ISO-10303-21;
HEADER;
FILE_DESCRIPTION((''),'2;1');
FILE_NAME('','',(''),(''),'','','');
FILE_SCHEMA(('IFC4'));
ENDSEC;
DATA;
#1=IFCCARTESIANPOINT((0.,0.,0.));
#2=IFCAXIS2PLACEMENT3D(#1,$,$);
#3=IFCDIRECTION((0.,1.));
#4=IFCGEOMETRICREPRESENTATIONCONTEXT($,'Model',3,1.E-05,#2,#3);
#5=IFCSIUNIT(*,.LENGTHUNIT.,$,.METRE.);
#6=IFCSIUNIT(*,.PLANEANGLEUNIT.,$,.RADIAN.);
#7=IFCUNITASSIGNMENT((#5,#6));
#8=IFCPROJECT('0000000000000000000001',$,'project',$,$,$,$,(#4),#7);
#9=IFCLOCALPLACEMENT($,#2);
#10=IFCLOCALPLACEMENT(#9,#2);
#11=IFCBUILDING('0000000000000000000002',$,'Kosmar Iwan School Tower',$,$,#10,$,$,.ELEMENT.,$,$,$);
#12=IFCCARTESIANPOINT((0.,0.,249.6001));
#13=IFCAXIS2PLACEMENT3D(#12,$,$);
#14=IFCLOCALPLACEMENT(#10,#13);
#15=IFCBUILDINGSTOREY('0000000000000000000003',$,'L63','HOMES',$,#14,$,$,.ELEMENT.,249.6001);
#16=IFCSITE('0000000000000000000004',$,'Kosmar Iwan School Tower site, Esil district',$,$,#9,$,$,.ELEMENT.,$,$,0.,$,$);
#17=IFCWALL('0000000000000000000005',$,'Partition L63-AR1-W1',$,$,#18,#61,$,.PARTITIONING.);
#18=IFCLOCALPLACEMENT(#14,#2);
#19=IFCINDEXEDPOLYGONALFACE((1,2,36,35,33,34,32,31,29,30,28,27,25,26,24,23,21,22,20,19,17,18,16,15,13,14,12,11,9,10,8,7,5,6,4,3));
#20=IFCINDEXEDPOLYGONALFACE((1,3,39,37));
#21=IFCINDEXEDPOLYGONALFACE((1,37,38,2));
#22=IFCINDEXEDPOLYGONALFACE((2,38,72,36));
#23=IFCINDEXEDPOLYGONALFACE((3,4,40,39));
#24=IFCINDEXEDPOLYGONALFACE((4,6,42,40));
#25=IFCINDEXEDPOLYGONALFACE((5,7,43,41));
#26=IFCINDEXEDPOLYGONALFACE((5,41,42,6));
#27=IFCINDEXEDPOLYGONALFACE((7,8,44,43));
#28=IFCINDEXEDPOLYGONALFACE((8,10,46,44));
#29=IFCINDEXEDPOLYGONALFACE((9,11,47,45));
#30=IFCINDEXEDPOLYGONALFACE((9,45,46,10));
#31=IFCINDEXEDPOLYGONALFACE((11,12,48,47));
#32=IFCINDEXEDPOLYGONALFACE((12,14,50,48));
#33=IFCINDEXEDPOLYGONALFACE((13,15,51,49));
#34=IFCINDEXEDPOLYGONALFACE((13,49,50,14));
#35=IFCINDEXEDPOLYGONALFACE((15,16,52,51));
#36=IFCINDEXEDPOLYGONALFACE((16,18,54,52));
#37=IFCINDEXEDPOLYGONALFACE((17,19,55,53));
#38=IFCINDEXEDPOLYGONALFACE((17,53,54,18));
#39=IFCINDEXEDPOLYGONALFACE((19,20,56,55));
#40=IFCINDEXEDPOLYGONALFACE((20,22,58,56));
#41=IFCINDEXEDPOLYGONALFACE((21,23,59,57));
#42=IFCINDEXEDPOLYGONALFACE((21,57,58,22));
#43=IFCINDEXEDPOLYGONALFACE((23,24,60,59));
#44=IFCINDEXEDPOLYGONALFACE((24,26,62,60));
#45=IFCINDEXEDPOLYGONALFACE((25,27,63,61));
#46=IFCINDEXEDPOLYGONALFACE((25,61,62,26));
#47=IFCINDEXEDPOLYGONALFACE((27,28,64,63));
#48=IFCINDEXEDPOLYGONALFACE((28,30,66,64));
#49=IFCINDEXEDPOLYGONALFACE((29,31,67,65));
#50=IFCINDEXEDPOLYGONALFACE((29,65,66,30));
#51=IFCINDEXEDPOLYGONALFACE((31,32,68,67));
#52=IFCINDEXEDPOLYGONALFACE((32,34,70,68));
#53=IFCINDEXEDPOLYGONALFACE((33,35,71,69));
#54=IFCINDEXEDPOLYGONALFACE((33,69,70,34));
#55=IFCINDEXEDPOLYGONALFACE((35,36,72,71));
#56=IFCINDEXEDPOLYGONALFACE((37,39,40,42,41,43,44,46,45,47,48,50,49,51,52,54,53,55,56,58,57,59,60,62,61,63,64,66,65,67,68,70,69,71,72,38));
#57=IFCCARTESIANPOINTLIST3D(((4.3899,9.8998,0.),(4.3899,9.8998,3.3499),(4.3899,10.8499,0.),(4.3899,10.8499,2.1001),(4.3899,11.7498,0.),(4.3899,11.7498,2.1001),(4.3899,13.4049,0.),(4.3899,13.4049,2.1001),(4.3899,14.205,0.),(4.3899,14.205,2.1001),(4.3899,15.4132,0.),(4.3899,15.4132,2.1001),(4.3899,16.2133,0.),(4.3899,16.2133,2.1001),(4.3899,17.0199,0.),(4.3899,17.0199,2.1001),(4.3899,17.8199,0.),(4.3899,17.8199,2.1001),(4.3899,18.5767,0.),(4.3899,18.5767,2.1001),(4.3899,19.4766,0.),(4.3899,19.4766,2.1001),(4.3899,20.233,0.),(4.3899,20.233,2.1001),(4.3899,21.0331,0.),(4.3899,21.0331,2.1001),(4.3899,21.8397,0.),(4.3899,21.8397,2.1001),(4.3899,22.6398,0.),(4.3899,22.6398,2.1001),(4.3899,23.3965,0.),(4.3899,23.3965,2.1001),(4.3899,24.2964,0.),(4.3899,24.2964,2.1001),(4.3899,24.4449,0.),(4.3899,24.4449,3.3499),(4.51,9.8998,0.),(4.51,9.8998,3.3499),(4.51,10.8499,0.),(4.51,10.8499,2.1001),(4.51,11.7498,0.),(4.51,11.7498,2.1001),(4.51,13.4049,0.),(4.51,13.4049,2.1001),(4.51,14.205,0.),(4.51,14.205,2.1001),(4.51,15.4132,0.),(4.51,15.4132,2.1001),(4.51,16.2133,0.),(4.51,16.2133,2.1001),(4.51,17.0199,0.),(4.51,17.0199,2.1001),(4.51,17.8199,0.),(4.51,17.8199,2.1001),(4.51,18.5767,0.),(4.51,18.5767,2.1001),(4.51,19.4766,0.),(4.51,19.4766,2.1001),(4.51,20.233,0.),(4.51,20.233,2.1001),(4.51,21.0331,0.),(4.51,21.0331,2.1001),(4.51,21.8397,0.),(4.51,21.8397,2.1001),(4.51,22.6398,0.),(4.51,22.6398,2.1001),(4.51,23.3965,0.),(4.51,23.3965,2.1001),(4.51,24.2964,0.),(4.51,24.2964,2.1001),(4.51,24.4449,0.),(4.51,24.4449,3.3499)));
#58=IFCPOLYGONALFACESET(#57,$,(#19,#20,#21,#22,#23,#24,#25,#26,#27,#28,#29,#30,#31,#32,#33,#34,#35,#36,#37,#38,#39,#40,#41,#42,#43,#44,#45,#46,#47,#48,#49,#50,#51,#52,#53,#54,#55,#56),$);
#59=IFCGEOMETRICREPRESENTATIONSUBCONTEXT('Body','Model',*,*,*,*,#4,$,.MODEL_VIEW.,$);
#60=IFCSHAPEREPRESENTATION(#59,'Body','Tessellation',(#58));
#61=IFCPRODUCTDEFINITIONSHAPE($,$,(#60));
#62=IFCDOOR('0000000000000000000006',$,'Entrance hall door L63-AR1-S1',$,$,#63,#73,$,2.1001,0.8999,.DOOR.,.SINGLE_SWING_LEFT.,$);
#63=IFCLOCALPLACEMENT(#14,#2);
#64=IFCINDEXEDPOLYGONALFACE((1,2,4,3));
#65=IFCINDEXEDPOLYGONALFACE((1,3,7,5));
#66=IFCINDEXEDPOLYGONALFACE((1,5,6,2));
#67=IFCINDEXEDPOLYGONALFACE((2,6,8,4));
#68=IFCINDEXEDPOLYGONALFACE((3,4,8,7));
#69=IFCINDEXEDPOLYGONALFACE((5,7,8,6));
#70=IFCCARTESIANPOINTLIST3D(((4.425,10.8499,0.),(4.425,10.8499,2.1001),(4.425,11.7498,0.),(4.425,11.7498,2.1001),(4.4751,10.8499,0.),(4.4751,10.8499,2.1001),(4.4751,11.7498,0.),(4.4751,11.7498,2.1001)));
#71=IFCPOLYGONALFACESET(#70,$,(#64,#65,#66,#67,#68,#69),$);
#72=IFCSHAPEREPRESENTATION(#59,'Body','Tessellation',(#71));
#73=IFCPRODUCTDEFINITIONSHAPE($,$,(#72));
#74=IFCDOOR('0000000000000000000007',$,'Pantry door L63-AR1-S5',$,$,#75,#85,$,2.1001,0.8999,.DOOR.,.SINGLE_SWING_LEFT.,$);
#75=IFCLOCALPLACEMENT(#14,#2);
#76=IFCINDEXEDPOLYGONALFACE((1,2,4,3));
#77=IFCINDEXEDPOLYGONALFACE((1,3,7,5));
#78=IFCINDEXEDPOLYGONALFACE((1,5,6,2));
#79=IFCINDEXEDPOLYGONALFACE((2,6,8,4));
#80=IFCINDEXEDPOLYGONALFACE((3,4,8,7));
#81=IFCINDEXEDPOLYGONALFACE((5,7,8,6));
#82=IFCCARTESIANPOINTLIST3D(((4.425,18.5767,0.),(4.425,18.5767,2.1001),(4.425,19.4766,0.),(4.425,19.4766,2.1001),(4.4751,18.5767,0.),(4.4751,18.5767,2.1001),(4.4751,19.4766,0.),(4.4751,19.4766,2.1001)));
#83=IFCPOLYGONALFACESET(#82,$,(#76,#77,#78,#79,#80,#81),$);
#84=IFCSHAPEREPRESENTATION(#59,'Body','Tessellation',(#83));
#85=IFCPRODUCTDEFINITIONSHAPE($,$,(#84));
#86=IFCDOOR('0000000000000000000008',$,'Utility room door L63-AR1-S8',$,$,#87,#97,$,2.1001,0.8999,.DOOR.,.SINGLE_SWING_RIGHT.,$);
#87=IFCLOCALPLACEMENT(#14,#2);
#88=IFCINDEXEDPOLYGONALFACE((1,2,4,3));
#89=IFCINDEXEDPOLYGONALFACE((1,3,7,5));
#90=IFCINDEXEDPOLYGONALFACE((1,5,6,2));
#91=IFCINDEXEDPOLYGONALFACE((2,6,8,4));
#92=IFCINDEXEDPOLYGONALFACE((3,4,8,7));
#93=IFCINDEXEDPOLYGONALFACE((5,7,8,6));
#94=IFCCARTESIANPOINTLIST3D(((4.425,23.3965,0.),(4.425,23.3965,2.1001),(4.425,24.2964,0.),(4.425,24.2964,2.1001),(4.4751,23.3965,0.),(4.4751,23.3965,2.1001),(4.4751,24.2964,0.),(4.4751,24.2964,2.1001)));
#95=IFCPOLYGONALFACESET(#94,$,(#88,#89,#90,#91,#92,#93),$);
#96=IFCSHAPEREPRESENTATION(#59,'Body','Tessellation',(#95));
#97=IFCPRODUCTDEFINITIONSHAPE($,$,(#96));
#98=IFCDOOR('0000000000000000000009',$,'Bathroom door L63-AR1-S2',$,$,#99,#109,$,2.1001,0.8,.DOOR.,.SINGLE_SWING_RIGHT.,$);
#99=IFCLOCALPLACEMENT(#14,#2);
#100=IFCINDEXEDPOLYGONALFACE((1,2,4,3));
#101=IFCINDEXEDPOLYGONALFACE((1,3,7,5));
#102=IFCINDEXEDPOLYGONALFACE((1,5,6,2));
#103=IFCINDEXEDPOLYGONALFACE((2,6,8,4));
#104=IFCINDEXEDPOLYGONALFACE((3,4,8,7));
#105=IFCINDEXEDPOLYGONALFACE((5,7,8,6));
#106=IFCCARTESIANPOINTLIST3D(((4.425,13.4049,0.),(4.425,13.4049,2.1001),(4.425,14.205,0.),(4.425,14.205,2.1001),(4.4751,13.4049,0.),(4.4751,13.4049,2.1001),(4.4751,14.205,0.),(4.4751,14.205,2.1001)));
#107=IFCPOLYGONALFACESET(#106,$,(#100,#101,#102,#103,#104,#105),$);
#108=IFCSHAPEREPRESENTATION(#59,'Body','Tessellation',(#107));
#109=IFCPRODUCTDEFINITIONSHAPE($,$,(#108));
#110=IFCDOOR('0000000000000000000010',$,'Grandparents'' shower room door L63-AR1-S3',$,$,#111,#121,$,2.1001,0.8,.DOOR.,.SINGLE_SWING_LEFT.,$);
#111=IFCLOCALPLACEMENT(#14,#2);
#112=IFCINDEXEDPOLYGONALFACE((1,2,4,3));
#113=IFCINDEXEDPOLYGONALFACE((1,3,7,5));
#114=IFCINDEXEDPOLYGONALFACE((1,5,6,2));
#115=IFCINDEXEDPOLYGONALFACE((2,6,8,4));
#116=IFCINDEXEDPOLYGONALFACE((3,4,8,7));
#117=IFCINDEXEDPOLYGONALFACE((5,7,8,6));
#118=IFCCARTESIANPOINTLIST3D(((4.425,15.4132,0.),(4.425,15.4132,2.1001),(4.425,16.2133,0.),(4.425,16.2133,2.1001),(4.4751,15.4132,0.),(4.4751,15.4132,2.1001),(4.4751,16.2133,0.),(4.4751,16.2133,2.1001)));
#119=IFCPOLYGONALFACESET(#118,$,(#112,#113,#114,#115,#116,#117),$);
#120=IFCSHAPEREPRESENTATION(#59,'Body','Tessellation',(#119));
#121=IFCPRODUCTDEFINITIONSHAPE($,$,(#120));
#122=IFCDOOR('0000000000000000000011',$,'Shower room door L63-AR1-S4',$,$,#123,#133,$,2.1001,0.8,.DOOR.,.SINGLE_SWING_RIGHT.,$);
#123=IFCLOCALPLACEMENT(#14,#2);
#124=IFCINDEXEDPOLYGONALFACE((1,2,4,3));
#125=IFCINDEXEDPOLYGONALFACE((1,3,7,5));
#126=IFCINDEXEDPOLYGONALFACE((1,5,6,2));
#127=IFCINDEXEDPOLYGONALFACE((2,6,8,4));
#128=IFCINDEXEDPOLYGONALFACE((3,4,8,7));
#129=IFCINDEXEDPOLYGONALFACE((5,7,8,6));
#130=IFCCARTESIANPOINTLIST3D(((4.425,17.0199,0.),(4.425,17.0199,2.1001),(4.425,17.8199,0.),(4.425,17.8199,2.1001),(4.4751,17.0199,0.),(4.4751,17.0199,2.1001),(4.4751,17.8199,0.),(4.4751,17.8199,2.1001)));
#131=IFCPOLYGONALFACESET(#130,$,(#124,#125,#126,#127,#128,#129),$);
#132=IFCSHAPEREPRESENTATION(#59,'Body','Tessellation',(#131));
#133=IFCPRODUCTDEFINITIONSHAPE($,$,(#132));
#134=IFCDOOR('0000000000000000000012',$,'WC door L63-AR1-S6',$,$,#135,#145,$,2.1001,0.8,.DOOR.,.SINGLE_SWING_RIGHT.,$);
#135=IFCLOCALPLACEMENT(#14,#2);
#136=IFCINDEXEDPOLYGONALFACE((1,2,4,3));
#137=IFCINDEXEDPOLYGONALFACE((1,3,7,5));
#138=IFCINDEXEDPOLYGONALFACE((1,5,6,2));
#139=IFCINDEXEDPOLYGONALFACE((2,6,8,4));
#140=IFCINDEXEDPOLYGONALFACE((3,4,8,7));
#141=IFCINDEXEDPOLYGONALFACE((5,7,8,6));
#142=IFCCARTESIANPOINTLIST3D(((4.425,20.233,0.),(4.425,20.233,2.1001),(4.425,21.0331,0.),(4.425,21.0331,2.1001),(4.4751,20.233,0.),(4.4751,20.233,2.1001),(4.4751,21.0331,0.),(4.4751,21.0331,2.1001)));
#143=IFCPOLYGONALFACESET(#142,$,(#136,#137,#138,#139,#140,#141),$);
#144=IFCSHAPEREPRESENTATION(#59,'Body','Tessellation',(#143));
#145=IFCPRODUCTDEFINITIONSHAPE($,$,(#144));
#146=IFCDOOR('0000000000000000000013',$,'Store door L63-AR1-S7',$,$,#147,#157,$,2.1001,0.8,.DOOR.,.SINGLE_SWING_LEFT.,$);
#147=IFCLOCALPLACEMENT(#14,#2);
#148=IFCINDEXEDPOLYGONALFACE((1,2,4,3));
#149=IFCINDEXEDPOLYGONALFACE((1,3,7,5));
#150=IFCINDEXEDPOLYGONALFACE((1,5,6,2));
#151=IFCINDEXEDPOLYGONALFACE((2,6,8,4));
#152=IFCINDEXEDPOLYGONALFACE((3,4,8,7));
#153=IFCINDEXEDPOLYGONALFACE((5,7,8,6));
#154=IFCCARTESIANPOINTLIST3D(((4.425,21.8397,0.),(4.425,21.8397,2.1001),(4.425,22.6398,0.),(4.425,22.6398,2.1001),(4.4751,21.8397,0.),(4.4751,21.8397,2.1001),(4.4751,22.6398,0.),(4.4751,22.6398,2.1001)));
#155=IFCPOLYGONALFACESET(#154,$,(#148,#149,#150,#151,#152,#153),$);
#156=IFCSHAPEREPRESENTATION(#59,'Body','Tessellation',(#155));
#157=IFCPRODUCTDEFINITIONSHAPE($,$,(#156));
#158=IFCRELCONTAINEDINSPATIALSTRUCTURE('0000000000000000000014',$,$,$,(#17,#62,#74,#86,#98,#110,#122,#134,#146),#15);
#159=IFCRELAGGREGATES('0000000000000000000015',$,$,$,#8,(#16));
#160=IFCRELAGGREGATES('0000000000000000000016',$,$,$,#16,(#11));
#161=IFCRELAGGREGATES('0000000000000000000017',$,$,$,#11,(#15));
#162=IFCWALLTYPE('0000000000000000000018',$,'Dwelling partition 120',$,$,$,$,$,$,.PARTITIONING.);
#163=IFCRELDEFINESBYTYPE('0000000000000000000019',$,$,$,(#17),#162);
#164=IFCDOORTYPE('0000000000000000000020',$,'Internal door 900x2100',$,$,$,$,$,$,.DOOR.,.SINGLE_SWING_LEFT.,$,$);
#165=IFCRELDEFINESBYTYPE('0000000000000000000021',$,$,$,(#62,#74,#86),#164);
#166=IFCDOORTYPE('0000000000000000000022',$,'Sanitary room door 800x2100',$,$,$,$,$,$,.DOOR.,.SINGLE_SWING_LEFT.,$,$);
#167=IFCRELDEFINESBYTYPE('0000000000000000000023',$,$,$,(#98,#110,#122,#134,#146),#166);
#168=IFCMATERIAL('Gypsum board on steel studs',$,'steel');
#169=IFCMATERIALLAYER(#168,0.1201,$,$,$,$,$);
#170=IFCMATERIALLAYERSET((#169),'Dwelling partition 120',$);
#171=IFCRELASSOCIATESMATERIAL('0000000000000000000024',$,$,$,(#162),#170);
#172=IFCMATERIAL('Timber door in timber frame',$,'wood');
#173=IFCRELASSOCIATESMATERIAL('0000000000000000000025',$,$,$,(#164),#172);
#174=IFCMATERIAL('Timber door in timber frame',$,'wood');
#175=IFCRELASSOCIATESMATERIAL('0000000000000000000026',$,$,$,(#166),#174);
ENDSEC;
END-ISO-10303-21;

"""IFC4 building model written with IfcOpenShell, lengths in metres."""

from ifc_helpers import new_model, si_unit, direction, frame, frame_2d, origin, place, context, subcontext, project, spatial, rectangle, extrude, material, layer, layer_set, type_object, element, fill, save


model = new_model("IFC4")

# Units and contexts
model_context = context("Model", 3, precision=1e-05, world=origin(), true_north=direction((0.0, 1.0)))
body_context = subcontext(model_context, "Body", "Model", "MODEL_VIEW")
ifc_project = project(units=[si_unit("LENGTHUNIT", "METRE"), si_unit("PLANEANGLEUNIT", "RADIAN")], contexts=[model_context])

# Site, building, storey
site_placement = place(None, origin())
site = spatial("IfcSite", under=ifc_project, at=site_placement, Name="Kosmar Iwan School Tower site, Esil district", CompositionType="ELEMENT", RefElevation=0.0)
building_placement = place(site_placement, origin())
building = spatial("IfcBuilding", under=site, at=building_placement, Name="Kosmar Iwan School Tower", CompositionType="ELEMENT")
storey_placement = place(building_placement, frame((0.0, 0.0, 249.6001)))
storey = spatial("IfcBuildingStorey", under=building, at=storey_placement, Name="L63", Description="HOMES", CompositionType="ELEMENT", Elevation=249.6001)

# Wall, openings, doors
ifc_material_1 = material(Name="Gypsum board on steel studs", Category="steel")
ifc_layer_1 = layer(ifc_material_1, 0.1201)
ifc_layer_set_1 = layer_set([ifc_layer_1], Name="Dwelling partition 120")
wall_type_1 = type_object("IfcWallType", Name="Dwelling partition 120", PredefinedType="PARTITIONING", material=ifc_layer_set_1)
wall_1_placement = place(storey_placement, frame((4.45, 9.8999, 0.0), z_axis=(0.0, 0.0, 1.0), x_axis=(0.0, 1.0, 0.0)))
wall_1 = element("IfcWall", 1, at=wall_1_placement, inside=storey, type_object=wall_type_1, Name="Partition L63-AR1-W1", PredefinedType="PARTITIONING", context=body_context, shape_type="SweptSolid", body=[
    extrude(rectangle(XDim=14.5452, YDim=0.1201, at=frame_2d((7.2725, 0.0))), origin(), (0.0, 0.0, 1.0), 3.3499),
])
opening_1_placement = place(wall_1_placement, frame((0.95, 0.0, 0.0)))
opening_1 = element("IfcOpeningElement", 2, at=opening_1_placement, cuts=wall_1, PredefinedType="OPENING", context=body_context, shape_type="SweptSolid", body=[
    extrude(rectangle(XDim=0.8999, YDim=2.1001, at=frame_2d((0.45, 1.05))), frame((0.0, 0.072, 0.0), z_axis=(0.0, -1.0, 0.0), x_axis=(1.0, 0.0, 0.0)), (0.0, 0.0, 1.0), 0.144),
])
opening_2_placement = place(wall_1_placement, frame((3.5051, 0.0, 0.0)))
opening_2 = element("IfcOpeningElement", 3, at=opening_2_placement, cuts=wall_1, PredefinedType="OPENING", context=body_context, shape_type="SweptSolid", body=[
    extrude(rectangle(XDim=0.8, YDim=2.1001, at=frame_2d((0.3999, 1.05))), frame((0.0, 0.072, 0.0), z_axis=(0.0, -1.0, 0.0), x_axis=(1.0, 0.0, 0.0)), (0.0, 0.0, 1.0), 0.144),
])
opening_3_placement = place(wall_1_placement, frame((5.5134, 0.0, 0.0)))
opening_3 = element("IfcOpeningElement", 4, at=opening_3_placement, cuts=wall_1, PredefinedType="OPENING", context=body_context, shape_type="SweptSolid", body=[
    extrude(rectangle(XDim=0.8, YDim=2.1001, at=frame_2d((0.3999, 1.05))), frame((0.0, 0.072, 0.0), z_axis=(0.0, -1.0, 0.0), x_axis=(1.0, 0.0, 0.0)), (0.0, 0.0, 1.0), 0.144),
])
opening_4_placement = place(wall_1_placement, frame((7.1201, 0.0, 0.0)))
opening_4 = element("IfcOpeningElement", 5, at=opening_4_placement, cuts=wall_1, PredefinedType="OPENING", context=body_context, shape_type="SweptSolid", body=[
    extrude(rectangle(XDim=0.8, YDim=2.1001, at=frame_2d((0.3999, 1.05))), frame((0.0, 0.072, 0.0), z_axis=(0.0, -1.0, 0.0), x_axis=(1.0, 0.0, 0.0)), (0.0, 0.0, 1.0), 0.144),
])
opening_5_placement = place(wall_1_placement, frame((8.6768, 0.0, 0.0)))
opening_5 = element("IfcOpeningElement", 6, at=opening_5_placement, cuts=wall_1, PredefinedType="OPENING", context=body_context, shape_type="SweptSolid", body=[
    extrude(rectangle(XDim=0.8999, YDim=2.1001, at=frame_2d((0.45, 1.05))), frame((0.0, 0.072, 0.0), z_axis=(0.0, -1.0, 0.0), x_axis=(1.0, 0.0, 0.0)), (0.0, 0.0, 1.0), 0.144),
])
opening_6_placement = place(wall_1_placement, frame((10.3333, 0.0, 0.0)))
opening_6 = element("IfcOpeningElement", 7, at=opening_6_placement, cuts=wall_1, PredefinedType="OPENING", context=body_context, shape_type="SweptSolid", body=[
    extrude(rectangle(XDim=0.8, YDim=2.1001, at=frame_2d((0.3999, 1.05))), frame((0.0, 0.072, 0.0), z_axis=(0.0, -1.0, 0.0), x_axis=(1.0, 0.0, 0.0)), (0.0, 0.0, 1.0), 0.144),
])
opening_7_placement = place(wall_1_placement, frame((11.9399, 0.0, 0.0)))
opening_7 = element("IfcOpeningElement", 8, at=opening_7_placement, cuts=wall_1, PredefinedType="OPENING", context=body_context, shape_type="SweptSolid", body=[
    extrude(rectangle(XDim=0.8, YDim=2.1001, at=frame_2d((0.3999, 1.05))), frame((0.0, 0.072, 0.0), z_axis=(0.0, -1.0, 0.0), x_axis=(1.0, 0.0, 0.0)), (0.0, 0.0, 1.0), 0.144),
])
opening_8_placement = place(wall_1_placement, frame((13.4966, 0.0, 0.0)))
opening_8 = element("IfcOpeningElement", 9, at=opening_8_placement, cuts=wall_1, PredefinedType="OPENING", context=body_context, shape_type="SweptSolid", body=[
    extrude(rectangle(XDim=0.8999, YDim=2.1001, at=frame_2d((0.45, 1.05))), frame((0.0, 0.072, 0.0), z_axis=(0.0, -1.0, 0.0), x_axis=(1.0, 0.0, 0.0)), (0.0, 0.0, 1.0), 0.144),
])
ifc_material_2 = material(Name="Timber door in timber frame", Category="wood")
door_type_1 = type_object("IfcDoorType", Name="Internal door 900x2100", OperationType="SINGLE_SWING_LEFT", PredefinedType="DOOR", material=ifc_material_2)
door_1_placement = place(opening_1_placement, origin())
door_1 = element("IfcDoor", 10, at=door_1_placement, inside=storey, type_object=door_type_1, Name="Entrance hall door L63-AR1-S1", OperationType="SINGLE_SWING_LEFT", OverallHeight=2.1001, OverallWidth=0.8999, PredefinedType="DOOR", context=body_context, shape_type="SweptSolid", body=[
    extrude(rectangle(XDim=0.8999, YDim=2.1001, at=frame_2d((0.45, 1.05))), frame((0.0, 0.0249, 0.0), z_axis=(0.0, -1.0, 0.0), x_axis=(1.0, 0.0, 0.0)), (0.0, 0.0, 1.0), 0.05),
])
fill(opening_1, door_1)
door_2_placement = place(opening_5_placement, origin())
door_2 = element("IfcDoor", 11, at=door_2_placement, inside=storey, type_object=door_type_1, Name="Pantry door L63-AR1-S5", OperationType="SINGLE_SWING_LEFT", OverallHeight=2.1001, OverallWidth=0.8999, PredefinedType="DOOR", context=body_context, shape_type="SweptSolid", body=[
    extrude(rectangle(XDim=0.8999, YDim=2.1001, at=frame_2d((0.45, 1.05))), frame((0.0, 0.0249, 0.0), z_axis=(0.0, -1.0, 0.0), x_axis=(1.0, 0.0, 0.0)), (0.0, 0.0, 1.0), 0.05),
])
fill(opening_5, door_2)
door_3_placement = place(opening_8_placement, origin())
door_3 = element("IfcDoor", 12, at=door_3_placement, inside=storey, type_object=door_type_1, Name="Utility room door L63-AR1-S8", OperationType="SINGLE_SWING_RIGHT", OverallHeight=2.1001, OverallWidth=0.8999, PredefinedType="DOOR", context=body_context, shape_type="SweptSolid", body=[
    extrude(rectangle(XDim=0.8999, YDim=2.1001, at=frame_2d((0.45, 1.05))), frame((0.0, 0.0249, 0.0), z_axis=(0.0, -1.0, 0.0), x_axis=(1.0, 0.0, 0.0)), (0.0, 0.0, 1.0), 0.05),
])
fill(opening_8, door_3)
ifc_material_3 = material(Name="Timber door in timber frame", Category="wood")
door_type_2 = type_object("IfcDoorType", Name="Sanitary room door 800x2100", OperationType="SINGLE_SWING_LEFT", PredefinedType="DOOR", material=ifc_material_3)
door_4_placement = place(opening_2_placement, origin())
door_4 = element("IfcDoor", 13, at=door_4_placement, inside=storey, type_object=door_type_2, Name="Bathroom door L63-AR1-S2", OperationType="SINGLE_SWING_RIGHT", OverallHeight=2.1001, OverallWidth=0.8, PredefinedType="DOOR", context=body_context, shape_type="SweptSolid", body=[
    extrude(rectangle(XDim=0.8, YDim=2.1001, at=frame_2d((0.3999, 1.05))), frame((0.0, 0.0249, 0.0), z_axis=(0.0, -1.0, 0.0), x_axis=(1.0, 0.0, 0.0)), (0.0, 0.0, 1.0), 0.05),
])
fill(opening_2, door_4)
door_5_placement = place(opening_3_placement, origin())
door_5 = element("IfcDoor", 14, at=door_5_placement, inside=storey, type_object=door_type_2, Name="Grandparents' shower room door L63-AR1-S3", OperationType="SINGLE_SWING_LEFT", OverallHeight=2.1001, OverallWidth=0.8, PredefinedType="DOOR", context=body_context, shape_type="SweptSolid", body=[
    extrude(rectangle(XDim=0.8, YDim=2.1001, at=frame_2d((0.3999, 1.05))), frame((0.0, 0.0249, 0.0), z_axis=(0.0, -1.0, 0.0), x_axis=(1.0, 0.0, 0.0)), (0.0, 0.0, 1.0), 0.05),
])
fill(opening_3, door_5)
door_6_placement = place(opening_4_placement, origin())
door_6 = element("IfcDoor", 15, at=door_6_placement, inside=storey, type_object=door_type_2, Name="Shower room door L63-AR1-S4", OperationType="SINGLE_SWING_RIGHT", OverallHeight=2.1001, OverallWidth=0.8, PredefinedType="DOOR", context=body_context, shape_type="SweptSolid", body=[
    extrude(rectangle(XDim=0.8, YDim=2.1001, at=frame_2d((0.3999, 1.05))), frame((0.0, 0.0249, 0.0), z_axis=(0.0, -1.0, 0.0), x_axis=(1.0, 0.0, 0.0)), (0.0, 0.0, 1.0), 0.05),
])
fill(opening_4, door_6)
door_7_placement = place(opening_6_placement, origin())
door_7 = element("IfcDoor", 16, at=door_7_placement, inside=storey, type_object=door_type_2, Name="WC door L63-AR1-S6", OperationType="SINGLE_SWING_RIGHT", OverallHeight=2.1001, OverallWidth=0.8, PredefinedType="DOOR", context=body_context, shape_type="SweptSolid", body=[
    extrude(rectangle(XDim=0.8, YDim=2.1001, at=frame_2d((0.3999, 1.05))), frame((0.0, 0.0249, 0.0), z_axis=(0.0, -1.0, 0.0), x_axis=(1.0, 0.0, 0.0)), (0.0, 0.0, 1.0), 0.05),
])
fill(opening_6, door_7)
door_8_placement = place(opening_7_placement, origin())
door_8 = element("IfcDoor", 17, at=door_8_placement, inside=storey, type_object=door_type_2, Name="Store door L63-AR1-S7", OperationType="SINGLE_SWING_LEFT", OverallHeight=2.1001, OverallWidth=0.8, PredefinedType="DOOR", context=body_context, shape_type="SweptSolid", body=[
    extrude(rectangle(XDim=0.8, YDim=2.1001, at=frame_2d((0.3999, 1.05))), frame((0.0, 0.0249, 0.0), z_axis=(0.0, -1.0, 0.0), x_axis=(1.0, 0.0, 0.0)), (0.0, 0.0, 1.0), 0.05),
])
fill(opening_7, door_8)

save(model, "model.ifc")
